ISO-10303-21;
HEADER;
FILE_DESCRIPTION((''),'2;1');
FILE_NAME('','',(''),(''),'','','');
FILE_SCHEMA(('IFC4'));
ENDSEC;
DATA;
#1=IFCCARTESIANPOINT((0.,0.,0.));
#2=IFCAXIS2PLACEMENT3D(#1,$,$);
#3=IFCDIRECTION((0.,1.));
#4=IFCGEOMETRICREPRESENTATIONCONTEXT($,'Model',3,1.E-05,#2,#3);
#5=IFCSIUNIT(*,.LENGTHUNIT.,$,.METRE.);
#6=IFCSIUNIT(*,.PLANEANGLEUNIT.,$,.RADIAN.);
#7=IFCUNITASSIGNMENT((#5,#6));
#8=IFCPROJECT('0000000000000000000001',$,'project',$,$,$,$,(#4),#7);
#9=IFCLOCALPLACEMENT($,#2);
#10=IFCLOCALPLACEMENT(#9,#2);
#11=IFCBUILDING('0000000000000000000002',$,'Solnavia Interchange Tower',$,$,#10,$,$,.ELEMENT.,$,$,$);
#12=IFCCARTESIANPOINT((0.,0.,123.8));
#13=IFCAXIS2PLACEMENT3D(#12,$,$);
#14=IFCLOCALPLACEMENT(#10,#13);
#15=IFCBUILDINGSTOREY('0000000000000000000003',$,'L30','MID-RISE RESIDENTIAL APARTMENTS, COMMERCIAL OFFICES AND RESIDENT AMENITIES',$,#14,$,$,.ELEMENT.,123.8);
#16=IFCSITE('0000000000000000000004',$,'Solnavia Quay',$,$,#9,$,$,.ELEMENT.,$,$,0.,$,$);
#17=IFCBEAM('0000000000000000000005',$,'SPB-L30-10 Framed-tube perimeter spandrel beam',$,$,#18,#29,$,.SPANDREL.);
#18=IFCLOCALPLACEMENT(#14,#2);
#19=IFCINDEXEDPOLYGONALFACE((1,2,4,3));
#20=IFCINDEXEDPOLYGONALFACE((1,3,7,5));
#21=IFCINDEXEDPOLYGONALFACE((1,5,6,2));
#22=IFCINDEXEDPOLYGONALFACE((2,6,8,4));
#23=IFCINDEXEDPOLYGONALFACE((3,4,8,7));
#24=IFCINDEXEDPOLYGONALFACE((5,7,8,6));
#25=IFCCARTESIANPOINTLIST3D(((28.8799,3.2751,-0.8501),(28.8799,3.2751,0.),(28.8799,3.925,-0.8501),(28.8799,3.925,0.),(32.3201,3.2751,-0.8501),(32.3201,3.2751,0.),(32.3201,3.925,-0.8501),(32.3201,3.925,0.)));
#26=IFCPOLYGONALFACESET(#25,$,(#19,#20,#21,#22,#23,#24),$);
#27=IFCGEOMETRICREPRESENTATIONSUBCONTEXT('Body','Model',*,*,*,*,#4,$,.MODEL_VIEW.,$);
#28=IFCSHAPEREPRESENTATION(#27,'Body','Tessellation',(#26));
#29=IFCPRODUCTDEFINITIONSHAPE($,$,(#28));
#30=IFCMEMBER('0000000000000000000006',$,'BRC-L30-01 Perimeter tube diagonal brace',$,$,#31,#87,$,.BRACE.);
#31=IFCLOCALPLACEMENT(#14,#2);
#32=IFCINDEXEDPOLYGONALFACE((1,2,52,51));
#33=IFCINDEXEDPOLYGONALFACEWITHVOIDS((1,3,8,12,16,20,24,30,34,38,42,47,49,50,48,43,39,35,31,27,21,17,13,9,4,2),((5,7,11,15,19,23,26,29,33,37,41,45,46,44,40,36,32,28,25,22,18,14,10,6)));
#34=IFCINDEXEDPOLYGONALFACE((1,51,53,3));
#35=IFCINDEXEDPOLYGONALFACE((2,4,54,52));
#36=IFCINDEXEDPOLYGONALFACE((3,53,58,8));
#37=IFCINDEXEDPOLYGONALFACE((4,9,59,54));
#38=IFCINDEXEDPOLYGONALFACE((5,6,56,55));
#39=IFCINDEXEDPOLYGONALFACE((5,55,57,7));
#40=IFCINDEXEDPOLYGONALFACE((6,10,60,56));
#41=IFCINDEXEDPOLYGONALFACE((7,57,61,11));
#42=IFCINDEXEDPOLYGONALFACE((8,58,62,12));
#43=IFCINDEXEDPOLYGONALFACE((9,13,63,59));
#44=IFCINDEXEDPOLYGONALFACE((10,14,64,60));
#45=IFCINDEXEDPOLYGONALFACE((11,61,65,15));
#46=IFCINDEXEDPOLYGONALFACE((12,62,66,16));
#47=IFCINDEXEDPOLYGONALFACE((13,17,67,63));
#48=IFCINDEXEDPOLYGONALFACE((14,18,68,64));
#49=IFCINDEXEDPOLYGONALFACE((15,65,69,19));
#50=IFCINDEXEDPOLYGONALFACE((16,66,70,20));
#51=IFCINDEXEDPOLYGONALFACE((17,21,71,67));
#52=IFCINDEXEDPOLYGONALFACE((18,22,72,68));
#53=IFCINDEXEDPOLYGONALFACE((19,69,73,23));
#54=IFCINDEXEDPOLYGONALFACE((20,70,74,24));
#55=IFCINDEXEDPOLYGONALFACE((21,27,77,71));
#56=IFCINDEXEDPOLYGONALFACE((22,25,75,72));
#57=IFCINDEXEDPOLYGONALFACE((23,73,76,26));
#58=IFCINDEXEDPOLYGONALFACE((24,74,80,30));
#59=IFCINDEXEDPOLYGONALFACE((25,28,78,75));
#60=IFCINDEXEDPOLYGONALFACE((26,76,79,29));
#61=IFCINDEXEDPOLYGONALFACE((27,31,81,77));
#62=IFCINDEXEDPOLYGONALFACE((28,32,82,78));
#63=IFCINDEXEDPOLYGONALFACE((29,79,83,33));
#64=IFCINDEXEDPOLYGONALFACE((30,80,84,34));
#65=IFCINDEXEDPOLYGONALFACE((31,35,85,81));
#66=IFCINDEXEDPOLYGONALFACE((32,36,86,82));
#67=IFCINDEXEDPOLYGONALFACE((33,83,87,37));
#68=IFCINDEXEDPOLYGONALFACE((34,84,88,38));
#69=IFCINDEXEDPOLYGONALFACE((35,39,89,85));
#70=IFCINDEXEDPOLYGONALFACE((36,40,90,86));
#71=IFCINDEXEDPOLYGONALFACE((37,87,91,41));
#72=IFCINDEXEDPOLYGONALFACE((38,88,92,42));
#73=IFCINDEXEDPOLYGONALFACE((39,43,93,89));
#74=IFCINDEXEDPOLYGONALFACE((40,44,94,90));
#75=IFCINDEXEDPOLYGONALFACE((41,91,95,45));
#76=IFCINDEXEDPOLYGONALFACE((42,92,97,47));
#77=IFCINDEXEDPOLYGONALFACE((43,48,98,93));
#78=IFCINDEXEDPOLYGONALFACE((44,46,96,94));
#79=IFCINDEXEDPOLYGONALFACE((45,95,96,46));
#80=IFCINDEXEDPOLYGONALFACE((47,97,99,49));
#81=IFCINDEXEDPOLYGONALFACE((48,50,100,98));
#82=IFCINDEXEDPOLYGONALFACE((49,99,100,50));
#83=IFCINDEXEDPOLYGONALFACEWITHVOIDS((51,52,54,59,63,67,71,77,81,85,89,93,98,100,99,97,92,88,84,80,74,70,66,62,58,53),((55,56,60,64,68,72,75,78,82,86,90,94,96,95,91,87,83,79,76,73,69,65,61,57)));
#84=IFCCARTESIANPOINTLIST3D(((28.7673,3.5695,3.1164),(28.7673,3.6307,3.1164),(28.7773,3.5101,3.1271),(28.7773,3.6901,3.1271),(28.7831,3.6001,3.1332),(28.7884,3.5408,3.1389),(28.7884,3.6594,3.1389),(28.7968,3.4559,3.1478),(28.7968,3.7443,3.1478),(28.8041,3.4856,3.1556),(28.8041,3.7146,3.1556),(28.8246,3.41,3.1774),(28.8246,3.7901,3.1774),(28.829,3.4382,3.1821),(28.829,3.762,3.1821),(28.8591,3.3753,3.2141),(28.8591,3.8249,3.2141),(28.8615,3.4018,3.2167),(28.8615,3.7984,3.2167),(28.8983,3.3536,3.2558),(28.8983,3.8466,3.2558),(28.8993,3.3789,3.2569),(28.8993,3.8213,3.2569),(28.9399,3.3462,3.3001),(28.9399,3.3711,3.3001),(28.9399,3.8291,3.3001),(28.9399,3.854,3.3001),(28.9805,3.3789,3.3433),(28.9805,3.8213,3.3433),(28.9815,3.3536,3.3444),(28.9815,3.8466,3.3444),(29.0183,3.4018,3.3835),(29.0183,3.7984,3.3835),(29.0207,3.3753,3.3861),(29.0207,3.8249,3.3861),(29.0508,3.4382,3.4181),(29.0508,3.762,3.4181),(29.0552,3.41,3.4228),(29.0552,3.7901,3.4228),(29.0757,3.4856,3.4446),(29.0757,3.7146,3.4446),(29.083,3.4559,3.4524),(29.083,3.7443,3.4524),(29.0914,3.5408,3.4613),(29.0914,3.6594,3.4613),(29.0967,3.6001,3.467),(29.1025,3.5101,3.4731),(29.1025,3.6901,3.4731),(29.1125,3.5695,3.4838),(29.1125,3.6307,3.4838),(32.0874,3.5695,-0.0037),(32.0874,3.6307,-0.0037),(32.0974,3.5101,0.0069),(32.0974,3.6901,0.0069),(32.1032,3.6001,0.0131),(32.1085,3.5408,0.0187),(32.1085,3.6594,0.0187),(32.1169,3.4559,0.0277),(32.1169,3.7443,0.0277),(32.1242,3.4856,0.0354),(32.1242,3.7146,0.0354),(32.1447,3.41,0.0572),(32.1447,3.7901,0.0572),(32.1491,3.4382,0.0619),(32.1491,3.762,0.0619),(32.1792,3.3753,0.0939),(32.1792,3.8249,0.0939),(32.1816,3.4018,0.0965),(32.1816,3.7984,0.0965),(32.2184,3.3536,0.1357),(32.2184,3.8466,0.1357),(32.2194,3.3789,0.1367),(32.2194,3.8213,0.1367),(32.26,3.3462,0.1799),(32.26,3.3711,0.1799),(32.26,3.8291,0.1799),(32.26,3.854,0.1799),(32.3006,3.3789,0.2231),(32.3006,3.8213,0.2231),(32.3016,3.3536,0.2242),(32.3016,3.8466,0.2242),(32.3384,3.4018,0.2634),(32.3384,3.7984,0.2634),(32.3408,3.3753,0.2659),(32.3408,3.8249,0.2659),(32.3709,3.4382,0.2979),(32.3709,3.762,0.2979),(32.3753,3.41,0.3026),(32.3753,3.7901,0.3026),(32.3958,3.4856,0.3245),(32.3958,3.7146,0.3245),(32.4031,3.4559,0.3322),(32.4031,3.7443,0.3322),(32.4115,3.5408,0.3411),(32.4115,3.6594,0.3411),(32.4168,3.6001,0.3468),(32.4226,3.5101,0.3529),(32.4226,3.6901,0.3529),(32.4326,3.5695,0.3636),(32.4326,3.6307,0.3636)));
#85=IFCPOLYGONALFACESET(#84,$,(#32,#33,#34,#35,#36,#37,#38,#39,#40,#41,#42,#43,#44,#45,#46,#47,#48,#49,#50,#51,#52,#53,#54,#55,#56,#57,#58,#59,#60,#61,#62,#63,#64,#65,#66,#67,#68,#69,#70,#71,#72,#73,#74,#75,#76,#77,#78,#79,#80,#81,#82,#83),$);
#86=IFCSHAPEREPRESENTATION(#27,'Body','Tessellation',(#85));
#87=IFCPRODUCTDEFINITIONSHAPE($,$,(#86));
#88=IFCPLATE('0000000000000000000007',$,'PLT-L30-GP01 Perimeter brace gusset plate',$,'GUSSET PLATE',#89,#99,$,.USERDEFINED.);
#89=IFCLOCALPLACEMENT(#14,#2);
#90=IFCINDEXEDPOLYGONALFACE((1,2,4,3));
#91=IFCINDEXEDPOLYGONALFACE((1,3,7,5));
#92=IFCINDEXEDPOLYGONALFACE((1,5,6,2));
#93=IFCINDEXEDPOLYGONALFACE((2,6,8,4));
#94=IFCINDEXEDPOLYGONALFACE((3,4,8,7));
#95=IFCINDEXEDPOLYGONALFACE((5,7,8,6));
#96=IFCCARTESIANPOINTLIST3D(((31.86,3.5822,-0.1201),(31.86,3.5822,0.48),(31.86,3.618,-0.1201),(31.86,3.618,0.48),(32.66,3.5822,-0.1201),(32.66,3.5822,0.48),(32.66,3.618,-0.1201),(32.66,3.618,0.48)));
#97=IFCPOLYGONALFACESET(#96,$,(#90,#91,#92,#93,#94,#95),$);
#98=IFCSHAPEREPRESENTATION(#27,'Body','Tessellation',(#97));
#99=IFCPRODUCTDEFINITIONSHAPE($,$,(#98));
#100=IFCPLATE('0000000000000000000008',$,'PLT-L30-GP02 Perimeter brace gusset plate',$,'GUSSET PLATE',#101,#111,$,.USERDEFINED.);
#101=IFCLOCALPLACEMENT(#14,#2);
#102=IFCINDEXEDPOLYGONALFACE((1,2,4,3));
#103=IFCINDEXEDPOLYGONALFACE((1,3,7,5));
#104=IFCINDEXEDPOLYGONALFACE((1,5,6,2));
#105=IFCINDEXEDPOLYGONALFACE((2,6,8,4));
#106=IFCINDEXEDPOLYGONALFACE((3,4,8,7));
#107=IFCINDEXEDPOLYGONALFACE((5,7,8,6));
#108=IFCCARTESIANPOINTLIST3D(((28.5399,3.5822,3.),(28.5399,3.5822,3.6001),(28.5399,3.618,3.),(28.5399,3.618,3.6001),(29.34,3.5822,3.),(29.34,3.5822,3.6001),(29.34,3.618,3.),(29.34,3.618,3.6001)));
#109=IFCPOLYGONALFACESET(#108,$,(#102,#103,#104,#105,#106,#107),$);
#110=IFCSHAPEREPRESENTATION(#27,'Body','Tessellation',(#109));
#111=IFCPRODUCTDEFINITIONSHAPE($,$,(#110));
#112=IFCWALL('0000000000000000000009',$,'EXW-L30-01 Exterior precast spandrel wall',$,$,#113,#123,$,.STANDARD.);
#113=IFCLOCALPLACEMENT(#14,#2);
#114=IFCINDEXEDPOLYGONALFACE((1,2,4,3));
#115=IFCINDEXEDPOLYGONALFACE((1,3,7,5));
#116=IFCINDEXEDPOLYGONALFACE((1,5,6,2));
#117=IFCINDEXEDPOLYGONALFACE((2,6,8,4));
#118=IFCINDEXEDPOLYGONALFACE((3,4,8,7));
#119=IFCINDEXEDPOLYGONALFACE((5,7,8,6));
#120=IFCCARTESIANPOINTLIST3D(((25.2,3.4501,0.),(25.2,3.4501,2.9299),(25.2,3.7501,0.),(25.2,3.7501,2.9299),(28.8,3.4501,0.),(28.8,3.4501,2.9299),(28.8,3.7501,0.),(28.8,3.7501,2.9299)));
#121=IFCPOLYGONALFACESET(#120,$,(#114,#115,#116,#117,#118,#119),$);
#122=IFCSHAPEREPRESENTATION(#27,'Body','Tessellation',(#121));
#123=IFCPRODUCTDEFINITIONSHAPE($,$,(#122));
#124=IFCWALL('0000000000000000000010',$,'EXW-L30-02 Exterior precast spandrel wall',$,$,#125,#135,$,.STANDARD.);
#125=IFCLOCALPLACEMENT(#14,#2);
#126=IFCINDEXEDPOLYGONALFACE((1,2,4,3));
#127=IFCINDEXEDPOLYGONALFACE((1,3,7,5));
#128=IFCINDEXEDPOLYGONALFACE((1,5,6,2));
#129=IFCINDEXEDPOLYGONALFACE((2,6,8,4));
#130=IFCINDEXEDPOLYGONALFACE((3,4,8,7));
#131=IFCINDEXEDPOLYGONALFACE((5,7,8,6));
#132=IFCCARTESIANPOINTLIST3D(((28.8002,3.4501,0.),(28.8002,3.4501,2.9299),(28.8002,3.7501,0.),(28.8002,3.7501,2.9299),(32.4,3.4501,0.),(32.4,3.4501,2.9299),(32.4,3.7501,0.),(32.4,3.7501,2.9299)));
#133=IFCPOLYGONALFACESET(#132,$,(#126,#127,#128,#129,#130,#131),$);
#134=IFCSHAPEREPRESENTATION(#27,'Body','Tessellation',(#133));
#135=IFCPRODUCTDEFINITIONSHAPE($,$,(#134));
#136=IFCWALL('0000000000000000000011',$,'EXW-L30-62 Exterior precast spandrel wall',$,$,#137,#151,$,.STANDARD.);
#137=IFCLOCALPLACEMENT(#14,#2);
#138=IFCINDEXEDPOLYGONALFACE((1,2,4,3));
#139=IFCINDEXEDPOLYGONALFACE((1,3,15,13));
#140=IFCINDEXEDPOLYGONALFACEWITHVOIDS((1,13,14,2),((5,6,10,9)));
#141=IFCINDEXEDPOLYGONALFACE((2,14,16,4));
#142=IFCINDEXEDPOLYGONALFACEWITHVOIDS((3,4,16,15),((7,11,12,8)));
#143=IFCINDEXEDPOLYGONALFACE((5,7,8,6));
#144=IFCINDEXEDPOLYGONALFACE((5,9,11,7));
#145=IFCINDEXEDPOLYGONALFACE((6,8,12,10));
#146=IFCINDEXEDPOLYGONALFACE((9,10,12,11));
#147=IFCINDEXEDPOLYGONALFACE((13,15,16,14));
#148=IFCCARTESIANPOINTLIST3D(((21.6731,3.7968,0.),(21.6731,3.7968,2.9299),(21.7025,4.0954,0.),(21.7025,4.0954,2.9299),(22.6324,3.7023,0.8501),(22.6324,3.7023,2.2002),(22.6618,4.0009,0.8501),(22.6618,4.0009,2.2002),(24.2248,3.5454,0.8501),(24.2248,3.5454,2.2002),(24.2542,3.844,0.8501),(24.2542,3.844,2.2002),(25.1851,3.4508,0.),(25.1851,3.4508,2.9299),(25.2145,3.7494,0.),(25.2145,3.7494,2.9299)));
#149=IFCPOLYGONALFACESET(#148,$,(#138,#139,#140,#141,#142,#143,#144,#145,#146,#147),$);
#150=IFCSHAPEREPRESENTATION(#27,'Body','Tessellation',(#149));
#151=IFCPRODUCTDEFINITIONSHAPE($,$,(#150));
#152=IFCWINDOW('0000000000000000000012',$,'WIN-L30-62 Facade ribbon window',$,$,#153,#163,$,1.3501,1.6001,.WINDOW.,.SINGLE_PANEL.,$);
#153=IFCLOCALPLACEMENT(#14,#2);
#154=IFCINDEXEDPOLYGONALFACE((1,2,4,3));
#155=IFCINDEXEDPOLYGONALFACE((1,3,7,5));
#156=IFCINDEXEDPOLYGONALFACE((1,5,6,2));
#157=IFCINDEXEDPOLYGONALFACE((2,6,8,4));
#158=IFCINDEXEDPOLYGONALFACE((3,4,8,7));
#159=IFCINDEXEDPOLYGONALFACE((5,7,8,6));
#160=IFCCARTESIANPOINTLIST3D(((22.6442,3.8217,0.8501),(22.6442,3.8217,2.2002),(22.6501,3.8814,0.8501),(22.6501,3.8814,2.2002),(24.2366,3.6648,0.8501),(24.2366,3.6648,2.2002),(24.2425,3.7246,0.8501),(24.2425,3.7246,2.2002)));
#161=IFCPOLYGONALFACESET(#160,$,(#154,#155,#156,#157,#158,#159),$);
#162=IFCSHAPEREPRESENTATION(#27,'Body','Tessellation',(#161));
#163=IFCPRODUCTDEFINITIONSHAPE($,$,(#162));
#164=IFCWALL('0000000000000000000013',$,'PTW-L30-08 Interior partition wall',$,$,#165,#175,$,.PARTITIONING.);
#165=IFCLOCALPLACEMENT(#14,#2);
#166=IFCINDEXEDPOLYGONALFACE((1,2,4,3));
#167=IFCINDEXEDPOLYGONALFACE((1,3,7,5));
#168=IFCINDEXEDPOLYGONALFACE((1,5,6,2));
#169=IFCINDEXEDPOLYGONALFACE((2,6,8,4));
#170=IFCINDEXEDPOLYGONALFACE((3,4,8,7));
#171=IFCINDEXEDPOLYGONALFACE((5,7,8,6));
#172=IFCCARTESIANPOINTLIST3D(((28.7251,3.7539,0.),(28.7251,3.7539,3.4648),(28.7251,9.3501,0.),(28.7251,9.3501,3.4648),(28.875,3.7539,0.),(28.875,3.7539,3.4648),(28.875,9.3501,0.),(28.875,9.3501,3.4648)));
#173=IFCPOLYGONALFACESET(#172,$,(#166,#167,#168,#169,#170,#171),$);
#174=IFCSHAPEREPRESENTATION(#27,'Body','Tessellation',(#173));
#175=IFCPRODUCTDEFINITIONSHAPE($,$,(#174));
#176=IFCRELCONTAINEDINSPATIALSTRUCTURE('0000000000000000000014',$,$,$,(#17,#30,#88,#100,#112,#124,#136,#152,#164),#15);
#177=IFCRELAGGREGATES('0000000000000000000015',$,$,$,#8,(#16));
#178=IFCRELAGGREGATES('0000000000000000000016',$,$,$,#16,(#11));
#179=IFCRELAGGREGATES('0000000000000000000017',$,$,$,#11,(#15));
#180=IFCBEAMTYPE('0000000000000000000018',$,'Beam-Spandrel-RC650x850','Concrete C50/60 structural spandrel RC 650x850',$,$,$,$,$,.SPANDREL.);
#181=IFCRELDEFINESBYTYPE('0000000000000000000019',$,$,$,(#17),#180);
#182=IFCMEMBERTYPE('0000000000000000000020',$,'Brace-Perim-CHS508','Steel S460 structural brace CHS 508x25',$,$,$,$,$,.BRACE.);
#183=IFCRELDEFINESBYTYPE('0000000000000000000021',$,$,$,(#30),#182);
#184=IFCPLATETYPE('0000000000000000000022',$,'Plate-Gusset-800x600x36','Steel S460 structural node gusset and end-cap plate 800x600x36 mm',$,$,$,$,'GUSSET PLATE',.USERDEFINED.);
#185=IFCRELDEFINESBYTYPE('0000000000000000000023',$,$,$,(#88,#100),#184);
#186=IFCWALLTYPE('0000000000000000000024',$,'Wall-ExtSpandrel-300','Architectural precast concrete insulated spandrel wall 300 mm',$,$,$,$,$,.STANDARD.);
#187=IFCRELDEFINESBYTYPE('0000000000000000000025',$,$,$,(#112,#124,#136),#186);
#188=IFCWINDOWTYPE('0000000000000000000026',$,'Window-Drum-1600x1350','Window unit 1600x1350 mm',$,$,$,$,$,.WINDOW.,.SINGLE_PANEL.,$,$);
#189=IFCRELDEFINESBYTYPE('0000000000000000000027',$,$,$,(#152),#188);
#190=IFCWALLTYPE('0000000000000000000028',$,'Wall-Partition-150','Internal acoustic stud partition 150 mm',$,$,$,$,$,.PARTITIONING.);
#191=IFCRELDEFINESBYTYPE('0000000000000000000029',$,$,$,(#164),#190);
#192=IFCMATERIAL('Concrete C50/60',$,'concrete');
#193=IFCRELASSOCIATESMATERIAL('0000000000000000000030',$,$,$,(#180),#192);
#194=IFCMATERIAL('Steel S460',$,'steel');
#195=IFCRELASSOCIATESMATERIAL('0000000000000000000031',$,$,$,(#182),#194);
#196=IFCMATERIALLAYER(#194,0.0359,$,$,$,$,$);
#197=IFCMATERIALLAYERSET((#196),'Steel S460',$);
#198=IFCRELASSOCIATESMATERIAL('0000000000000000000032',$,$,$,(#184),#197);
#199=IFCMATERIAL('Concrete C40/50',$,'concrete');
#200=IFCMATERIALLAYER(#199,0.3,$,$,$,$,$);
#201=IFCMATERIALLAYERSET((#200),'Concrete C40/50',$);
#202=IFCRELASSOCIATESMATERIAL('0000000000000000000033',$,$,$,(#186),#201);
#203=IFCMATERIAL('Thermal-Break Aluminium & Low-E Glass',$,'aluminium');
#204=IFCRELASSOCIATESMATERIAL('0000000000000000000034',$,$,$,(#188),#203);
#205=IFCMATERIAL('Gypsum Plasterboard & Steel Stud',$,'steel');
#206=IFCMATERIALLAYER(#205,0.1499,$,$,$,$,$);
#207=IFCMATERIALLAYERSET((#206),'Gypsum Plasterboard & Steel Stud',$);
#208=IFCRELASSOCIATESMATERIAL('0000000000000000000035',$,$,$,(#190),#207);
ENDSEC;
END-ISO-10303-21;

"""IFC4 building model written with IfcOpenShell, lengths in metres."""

from ifc_helpers import new_model, si_unit, direction, frame, frame_2d, origin, origin_2d, place, context, subcontext, project, spatial, rectangle, hollow_circle, extrude, material, layer, layer_set, material_profile, profile_set, type_object, element, fill, save


model = new_model("IFC4")

# Units and contexts
model_context = context("Model", 3, precision=1e-05, world=origin(), true_north=direction((0.0, 1.0)))
body_context = subcontext(model_context, "Body", "Model", "MODEL_VIEW")
ifc_project = project(units=[si_unit("LENGTHUNIT", "METRE"), si_unit("PLANEANGLEUNIT", "RADIAN")], contexts=[model_context])

# Site, building, storey
site_placement = place(None, origin())
site = spatial("IfcSite", under=ifc_project, at=site_placement, Name="Solnavia Quay", CompositionType="ELEMENT", RefElevation=0.0)
building_placement = place(site_placement, origin())
building = spatial("IfcBuilding", under=site, at=building_placement, Name="Solnavia Interchange Tower", CompositionType="ELEMENT")
storey_placement = place(building_placement, frame((0.0, 0.0, 123.8)))
storey = spatial("IfcBuildingStorey", under=building, at=storey_placement, Name="L30", Description="MID-RISE RESIDENTIAL APARTMENTS, COMMERCIAL OFFICES AND RESIDENT AMENITIES", CompositionType="ELEMENT", Elevation=123.8)

# Shared definitions
ifc_material_1 = material(Name="Concrete C50/60", Category="concrete")

# Beam
ifc_material_profile_1 = material_profile(ifc_material_1, rectangle(XDim=0.6499, YDim=0.8501, at=origin_2d()), Name="RC 650x850")
ifc_profile_set_1 = profile_set([ifc_material_profile_1], Name="Concrete C50/60")
beam_type_1 = type_object("IfcBeamType", Name="Beam-Spandrel-RC650x850", Description="Concrete C50/60 structural spandrel RC 650x850", PredefinedType="SPANDREL", material=ifc_profile_set_1)
beam_1_placement = place(storey_placement, frame((28.8799, 3.6001, -0.425), z_axis=(1.0, 0.0, 0.0), x_axis=(0.0, 1.0, 0.0)))
element("IfcBeam", 1, at=beam_1_placement, inside=storey, type_object=beam_type_1, Name="SPB-L30-10 Framed-tube perimeter spandrel beam", PredefinedType="SPANDREL", context=body_context, shape_type="SweptSolid", body=[
    extrude(rectangle(XDim=0.6499, YDim=0.8501, at=origin_2d()), origin(), (0.0, 0.0, 1.0), 3.4402),
])

# Member
ifc_material_2 = material(Name="Steel S460", Category="steel")
ifc_material_profile_2 = material_profile(ifc_material_2, hollow_circle(Radius=0.2539, WallThickness=0.0249, at=origin_2d()), Name="CHS 508x25")
ifc_profile_set_2 = profile_set([ifc_material_profile_2], Name="Steel S460")
member_type = type_object("IfcMemberType", Name="Brace-Perim-CHS508", Description="Steel S460 structural brace CHS 508x25", PredefinedType="BRACE", material=ifc_profile_set_2)
member_placement = place(storey_placement, frame((32.26, 3.6001, 0.1799), z_axis=(-0.728709, 0.0, 0.684823), x_axis=(0.0, -1.0, 0.0)))
element("IfcMember", 2, at=member_placement, inside=storey, type_object=member_type, Name="BRC-L30-01 Perimeter tube diagonal brace", PredefinedType="BRACE", context=body_context, shape_type="SweptSolid", body=[
    extrude(hollow_circle(Radius=0.2539, WallThickness=0.0249, at=origin_2d()), origin(), (0.0, 0.0, 1.0), 4.5562),
])

# Plates
ifc_layer_1 = layer(ifc_material_2, 0.0359)
ifc_layer_set_1 = layer_set([ifc_layer_1], Name="Steel S460")
plate_type = type_object("IfcPlateType", Name="Plate-Gusset-800x600x36", Description="Steel S460 structural node gusset and end-cap plate 800x600x36 mm", ElementType="GUSSET PLATE", PredefinedType="USERDEFINED", material=ifc_layer_set_1)
for number, where, z_axis, x_axis, name in (
    (3, (32.26, 3.6001, -0.1201), (0.0, 0.0, 1.0), (-1.0, 0.0, 0.0), "PLT-L30-GP01 Perimeter brace gusset plate"),
    (4, (28.9399, 3.6001, 3.0), (0.0, 0.0, 1.0), (-1.0, 0.0, 0.0), "PLT-L30-GP02 Perimeter brace gusset plate"),
):
    element("IfcPlate", number, at=place(storey_placement, frame(where, z_axis=z_axis, x_axis=x_axis)), inside=storey, type_object=plate_type, Name=name, ObjectType="GUSSET PLATE", PredefinedType="USERDEFINED", context=body_context, shape_type="SweptSolid", body=[
        extrude(rectangle(XDim=0.8, YDim=0.0359, at=origin_2d()), origin(), (0.0, 0.0, 1.0), 0.6001),
    ])

# Walls
ifc_material_3 = material(Name="Concrete C40/50", Category="concrete")
ifc_layer_2 = layer(ifc_material_3, 0.3)
ifc_layer_set_2 = layer_set([ifc_layer_2], Name="Concrete C40/50")
wall_type_1 = type_object("IfcWallType", Name="Wall-ExtSpandrel-300", Description="Architectural precast concrete insulated spandrel wall 300 mm", PredefinedType="STANDARD", material=ifc_layer_set_2)
wall_1_placement = place(storey_placement, frame((28.8, 3.6001, 0.0), z_axis=(0.0, 0.0, 1.0), x_axis=(-1.0, 0.0, 0.0)))
element("IfcWall", 5, at=wall_1_placement, inside=storey, type_object=wall_type_1, Name="EXW-L30-01 Exterior precast spandrel wall", PredefinedType="STANDARD", context=body_context, shape_type="SweptSolid", body=[
    extrude(rectangle(XDim=3.6001, YDim=0.3, at=frame_2d((1.8, 0.0))), origin(), (0.0, 0.0, 1.0), 2.9299),
])
wall_2_placement = place(storey_placement, frame((32.3999, 3.6001, 0.0), z_axis=(0.0, 0.0, 1.0), x_axis=(-1.0, 0.0, 0.0)))
element("IfcWall", 6, at=wall_2_placement, inside=storey, type_object=wall_type_1, Name="EXW-L30-02 Exterior precast spandrel wall", PredefinedType="STANDARD", context=body_context, shape_type="SweptSolid", body=[
    extrude(rectangle(XDim=3.5999, YDim=0.3, at=frame_2d((1.7998, 0.0))), origin(), (0.0, 0.0, 1.0), 2.9299),
])

# Wall, opening, window
wall_3_placement = place(storey_placement, frame((25.2, 3.6001, 0.0), z_axis=(0.0, 0.0, 1.0), x_axis=(-0.995183, 0.098031, 0.0)))
wall_3 = element("IfcWall", 7, at=wall_3_placement, inside=storey, type_object=wall_type_1, Name="EXW-L30-62 Exterior precast spandrel wall", PredefinedType="STANDARD", context=body_context, shape_type="SweptSolid", body=[
    extrude(rectangle(XDim=3.5291, YDim=0.3, at=frame_2d((1.7646, 0.0))), origin(), (0.0, 0.0, 1.0), 2.9299),
])
opening_1_placement = place(wall_3_placement, frame((0.9651, 0.0, 0.8501)))
opening_1 = element("IfcOpeningElement", 8, at=opening_1_placement, cuts=wall_3, PredefinedType="OPENING", context=body_context, shape_type="SweptSolid", body=[
    extrude(rectangle(XDim=1.6001, YDim=1.3501, at=frame_2d((0.8, 0.675))), frame((0.0, 0.1602, 0.0), z_axis=(0.0, -1.0, 0.0), x_axis=(1.0, 0.0, 0.0)), (0.0, 0.0, 1.0), 0.3201),
])
ifc_material_4 = material(Name="Thermal-Break Aluminium & Low-E Glass", Category="aluminium")
window_type = type_object("IfcWindowType", Name="Window-Drum-1600x1350", Description="Window unit 1600x1350 mm", PartitioningType="SINGLE_PANEL", PredefinedType="WINDOW", material=ifc_material_4)
window_placement = place(opening_1_placement, origin())
window = element("IfcWindow", 9, at=window_placement, inside=storey, type_object=window_type, Name="WIN-L30-62 Facade ribbon window", OverallHeight=1.3501, OverallWidth=1.6001, PartitioningType="SINGLE_PANEL", PredefinedType="WINDOW", context=body_context, shape_type="SweptSolid", body=[
    extrude(rectangle(XDim=1.6001, YDim=1.3501, at=frame_2d((0.8, 0.675))), frame((0.0, 0.03, 0.0), z_axis=(0.0, -1.0, 0.0), x_axis=(1.0, 0.0, 0.0)), (0.0, 0.0, 1.0), 0.0601),
])
fill(opening_1, window)

# Wall
ifc_material_5 = material(Name="Gypsum Plasterboard & Steel Stud", Category="steel")
ifc_layer_3 = layer(ifc_material_5, 0.1499)
ifc_layer_set_3 = layer_set([ifc_layer_3], Name="Gypsum Plasterboard & Steel Stud")
wall_type_2 = type_object("IfcWallType", Name="Wall-Partition-150", Description="Internal acoustic stud partition 150 mm", PredefinedType="PARTITIONING", material=ifc_layer_set_3)
wall_4_placement = place(storey_placement, frame((28.8, 9.3501, 0.0), z_axis=(0.0, 0.0, 1.0), x_axis=(0.0, -1.0, 0.0)))
element("IfcWall", 10, at=wall_4_placement, inside=storey, type_object=wall_type_2, Name="PTW-L30-08 Interior partition wall", PredefinedType="PARTITIONING", context=body_context, shape_type="SweptSolid", body=[
    extrude(rectangle(XDim=5.5962, YDim=0.1499, at=frame_2d((2.7981, 0.0))), origin(), (0.0, 0.0, 1.0), 3.4648),
])

save(model, "model.ifc")
